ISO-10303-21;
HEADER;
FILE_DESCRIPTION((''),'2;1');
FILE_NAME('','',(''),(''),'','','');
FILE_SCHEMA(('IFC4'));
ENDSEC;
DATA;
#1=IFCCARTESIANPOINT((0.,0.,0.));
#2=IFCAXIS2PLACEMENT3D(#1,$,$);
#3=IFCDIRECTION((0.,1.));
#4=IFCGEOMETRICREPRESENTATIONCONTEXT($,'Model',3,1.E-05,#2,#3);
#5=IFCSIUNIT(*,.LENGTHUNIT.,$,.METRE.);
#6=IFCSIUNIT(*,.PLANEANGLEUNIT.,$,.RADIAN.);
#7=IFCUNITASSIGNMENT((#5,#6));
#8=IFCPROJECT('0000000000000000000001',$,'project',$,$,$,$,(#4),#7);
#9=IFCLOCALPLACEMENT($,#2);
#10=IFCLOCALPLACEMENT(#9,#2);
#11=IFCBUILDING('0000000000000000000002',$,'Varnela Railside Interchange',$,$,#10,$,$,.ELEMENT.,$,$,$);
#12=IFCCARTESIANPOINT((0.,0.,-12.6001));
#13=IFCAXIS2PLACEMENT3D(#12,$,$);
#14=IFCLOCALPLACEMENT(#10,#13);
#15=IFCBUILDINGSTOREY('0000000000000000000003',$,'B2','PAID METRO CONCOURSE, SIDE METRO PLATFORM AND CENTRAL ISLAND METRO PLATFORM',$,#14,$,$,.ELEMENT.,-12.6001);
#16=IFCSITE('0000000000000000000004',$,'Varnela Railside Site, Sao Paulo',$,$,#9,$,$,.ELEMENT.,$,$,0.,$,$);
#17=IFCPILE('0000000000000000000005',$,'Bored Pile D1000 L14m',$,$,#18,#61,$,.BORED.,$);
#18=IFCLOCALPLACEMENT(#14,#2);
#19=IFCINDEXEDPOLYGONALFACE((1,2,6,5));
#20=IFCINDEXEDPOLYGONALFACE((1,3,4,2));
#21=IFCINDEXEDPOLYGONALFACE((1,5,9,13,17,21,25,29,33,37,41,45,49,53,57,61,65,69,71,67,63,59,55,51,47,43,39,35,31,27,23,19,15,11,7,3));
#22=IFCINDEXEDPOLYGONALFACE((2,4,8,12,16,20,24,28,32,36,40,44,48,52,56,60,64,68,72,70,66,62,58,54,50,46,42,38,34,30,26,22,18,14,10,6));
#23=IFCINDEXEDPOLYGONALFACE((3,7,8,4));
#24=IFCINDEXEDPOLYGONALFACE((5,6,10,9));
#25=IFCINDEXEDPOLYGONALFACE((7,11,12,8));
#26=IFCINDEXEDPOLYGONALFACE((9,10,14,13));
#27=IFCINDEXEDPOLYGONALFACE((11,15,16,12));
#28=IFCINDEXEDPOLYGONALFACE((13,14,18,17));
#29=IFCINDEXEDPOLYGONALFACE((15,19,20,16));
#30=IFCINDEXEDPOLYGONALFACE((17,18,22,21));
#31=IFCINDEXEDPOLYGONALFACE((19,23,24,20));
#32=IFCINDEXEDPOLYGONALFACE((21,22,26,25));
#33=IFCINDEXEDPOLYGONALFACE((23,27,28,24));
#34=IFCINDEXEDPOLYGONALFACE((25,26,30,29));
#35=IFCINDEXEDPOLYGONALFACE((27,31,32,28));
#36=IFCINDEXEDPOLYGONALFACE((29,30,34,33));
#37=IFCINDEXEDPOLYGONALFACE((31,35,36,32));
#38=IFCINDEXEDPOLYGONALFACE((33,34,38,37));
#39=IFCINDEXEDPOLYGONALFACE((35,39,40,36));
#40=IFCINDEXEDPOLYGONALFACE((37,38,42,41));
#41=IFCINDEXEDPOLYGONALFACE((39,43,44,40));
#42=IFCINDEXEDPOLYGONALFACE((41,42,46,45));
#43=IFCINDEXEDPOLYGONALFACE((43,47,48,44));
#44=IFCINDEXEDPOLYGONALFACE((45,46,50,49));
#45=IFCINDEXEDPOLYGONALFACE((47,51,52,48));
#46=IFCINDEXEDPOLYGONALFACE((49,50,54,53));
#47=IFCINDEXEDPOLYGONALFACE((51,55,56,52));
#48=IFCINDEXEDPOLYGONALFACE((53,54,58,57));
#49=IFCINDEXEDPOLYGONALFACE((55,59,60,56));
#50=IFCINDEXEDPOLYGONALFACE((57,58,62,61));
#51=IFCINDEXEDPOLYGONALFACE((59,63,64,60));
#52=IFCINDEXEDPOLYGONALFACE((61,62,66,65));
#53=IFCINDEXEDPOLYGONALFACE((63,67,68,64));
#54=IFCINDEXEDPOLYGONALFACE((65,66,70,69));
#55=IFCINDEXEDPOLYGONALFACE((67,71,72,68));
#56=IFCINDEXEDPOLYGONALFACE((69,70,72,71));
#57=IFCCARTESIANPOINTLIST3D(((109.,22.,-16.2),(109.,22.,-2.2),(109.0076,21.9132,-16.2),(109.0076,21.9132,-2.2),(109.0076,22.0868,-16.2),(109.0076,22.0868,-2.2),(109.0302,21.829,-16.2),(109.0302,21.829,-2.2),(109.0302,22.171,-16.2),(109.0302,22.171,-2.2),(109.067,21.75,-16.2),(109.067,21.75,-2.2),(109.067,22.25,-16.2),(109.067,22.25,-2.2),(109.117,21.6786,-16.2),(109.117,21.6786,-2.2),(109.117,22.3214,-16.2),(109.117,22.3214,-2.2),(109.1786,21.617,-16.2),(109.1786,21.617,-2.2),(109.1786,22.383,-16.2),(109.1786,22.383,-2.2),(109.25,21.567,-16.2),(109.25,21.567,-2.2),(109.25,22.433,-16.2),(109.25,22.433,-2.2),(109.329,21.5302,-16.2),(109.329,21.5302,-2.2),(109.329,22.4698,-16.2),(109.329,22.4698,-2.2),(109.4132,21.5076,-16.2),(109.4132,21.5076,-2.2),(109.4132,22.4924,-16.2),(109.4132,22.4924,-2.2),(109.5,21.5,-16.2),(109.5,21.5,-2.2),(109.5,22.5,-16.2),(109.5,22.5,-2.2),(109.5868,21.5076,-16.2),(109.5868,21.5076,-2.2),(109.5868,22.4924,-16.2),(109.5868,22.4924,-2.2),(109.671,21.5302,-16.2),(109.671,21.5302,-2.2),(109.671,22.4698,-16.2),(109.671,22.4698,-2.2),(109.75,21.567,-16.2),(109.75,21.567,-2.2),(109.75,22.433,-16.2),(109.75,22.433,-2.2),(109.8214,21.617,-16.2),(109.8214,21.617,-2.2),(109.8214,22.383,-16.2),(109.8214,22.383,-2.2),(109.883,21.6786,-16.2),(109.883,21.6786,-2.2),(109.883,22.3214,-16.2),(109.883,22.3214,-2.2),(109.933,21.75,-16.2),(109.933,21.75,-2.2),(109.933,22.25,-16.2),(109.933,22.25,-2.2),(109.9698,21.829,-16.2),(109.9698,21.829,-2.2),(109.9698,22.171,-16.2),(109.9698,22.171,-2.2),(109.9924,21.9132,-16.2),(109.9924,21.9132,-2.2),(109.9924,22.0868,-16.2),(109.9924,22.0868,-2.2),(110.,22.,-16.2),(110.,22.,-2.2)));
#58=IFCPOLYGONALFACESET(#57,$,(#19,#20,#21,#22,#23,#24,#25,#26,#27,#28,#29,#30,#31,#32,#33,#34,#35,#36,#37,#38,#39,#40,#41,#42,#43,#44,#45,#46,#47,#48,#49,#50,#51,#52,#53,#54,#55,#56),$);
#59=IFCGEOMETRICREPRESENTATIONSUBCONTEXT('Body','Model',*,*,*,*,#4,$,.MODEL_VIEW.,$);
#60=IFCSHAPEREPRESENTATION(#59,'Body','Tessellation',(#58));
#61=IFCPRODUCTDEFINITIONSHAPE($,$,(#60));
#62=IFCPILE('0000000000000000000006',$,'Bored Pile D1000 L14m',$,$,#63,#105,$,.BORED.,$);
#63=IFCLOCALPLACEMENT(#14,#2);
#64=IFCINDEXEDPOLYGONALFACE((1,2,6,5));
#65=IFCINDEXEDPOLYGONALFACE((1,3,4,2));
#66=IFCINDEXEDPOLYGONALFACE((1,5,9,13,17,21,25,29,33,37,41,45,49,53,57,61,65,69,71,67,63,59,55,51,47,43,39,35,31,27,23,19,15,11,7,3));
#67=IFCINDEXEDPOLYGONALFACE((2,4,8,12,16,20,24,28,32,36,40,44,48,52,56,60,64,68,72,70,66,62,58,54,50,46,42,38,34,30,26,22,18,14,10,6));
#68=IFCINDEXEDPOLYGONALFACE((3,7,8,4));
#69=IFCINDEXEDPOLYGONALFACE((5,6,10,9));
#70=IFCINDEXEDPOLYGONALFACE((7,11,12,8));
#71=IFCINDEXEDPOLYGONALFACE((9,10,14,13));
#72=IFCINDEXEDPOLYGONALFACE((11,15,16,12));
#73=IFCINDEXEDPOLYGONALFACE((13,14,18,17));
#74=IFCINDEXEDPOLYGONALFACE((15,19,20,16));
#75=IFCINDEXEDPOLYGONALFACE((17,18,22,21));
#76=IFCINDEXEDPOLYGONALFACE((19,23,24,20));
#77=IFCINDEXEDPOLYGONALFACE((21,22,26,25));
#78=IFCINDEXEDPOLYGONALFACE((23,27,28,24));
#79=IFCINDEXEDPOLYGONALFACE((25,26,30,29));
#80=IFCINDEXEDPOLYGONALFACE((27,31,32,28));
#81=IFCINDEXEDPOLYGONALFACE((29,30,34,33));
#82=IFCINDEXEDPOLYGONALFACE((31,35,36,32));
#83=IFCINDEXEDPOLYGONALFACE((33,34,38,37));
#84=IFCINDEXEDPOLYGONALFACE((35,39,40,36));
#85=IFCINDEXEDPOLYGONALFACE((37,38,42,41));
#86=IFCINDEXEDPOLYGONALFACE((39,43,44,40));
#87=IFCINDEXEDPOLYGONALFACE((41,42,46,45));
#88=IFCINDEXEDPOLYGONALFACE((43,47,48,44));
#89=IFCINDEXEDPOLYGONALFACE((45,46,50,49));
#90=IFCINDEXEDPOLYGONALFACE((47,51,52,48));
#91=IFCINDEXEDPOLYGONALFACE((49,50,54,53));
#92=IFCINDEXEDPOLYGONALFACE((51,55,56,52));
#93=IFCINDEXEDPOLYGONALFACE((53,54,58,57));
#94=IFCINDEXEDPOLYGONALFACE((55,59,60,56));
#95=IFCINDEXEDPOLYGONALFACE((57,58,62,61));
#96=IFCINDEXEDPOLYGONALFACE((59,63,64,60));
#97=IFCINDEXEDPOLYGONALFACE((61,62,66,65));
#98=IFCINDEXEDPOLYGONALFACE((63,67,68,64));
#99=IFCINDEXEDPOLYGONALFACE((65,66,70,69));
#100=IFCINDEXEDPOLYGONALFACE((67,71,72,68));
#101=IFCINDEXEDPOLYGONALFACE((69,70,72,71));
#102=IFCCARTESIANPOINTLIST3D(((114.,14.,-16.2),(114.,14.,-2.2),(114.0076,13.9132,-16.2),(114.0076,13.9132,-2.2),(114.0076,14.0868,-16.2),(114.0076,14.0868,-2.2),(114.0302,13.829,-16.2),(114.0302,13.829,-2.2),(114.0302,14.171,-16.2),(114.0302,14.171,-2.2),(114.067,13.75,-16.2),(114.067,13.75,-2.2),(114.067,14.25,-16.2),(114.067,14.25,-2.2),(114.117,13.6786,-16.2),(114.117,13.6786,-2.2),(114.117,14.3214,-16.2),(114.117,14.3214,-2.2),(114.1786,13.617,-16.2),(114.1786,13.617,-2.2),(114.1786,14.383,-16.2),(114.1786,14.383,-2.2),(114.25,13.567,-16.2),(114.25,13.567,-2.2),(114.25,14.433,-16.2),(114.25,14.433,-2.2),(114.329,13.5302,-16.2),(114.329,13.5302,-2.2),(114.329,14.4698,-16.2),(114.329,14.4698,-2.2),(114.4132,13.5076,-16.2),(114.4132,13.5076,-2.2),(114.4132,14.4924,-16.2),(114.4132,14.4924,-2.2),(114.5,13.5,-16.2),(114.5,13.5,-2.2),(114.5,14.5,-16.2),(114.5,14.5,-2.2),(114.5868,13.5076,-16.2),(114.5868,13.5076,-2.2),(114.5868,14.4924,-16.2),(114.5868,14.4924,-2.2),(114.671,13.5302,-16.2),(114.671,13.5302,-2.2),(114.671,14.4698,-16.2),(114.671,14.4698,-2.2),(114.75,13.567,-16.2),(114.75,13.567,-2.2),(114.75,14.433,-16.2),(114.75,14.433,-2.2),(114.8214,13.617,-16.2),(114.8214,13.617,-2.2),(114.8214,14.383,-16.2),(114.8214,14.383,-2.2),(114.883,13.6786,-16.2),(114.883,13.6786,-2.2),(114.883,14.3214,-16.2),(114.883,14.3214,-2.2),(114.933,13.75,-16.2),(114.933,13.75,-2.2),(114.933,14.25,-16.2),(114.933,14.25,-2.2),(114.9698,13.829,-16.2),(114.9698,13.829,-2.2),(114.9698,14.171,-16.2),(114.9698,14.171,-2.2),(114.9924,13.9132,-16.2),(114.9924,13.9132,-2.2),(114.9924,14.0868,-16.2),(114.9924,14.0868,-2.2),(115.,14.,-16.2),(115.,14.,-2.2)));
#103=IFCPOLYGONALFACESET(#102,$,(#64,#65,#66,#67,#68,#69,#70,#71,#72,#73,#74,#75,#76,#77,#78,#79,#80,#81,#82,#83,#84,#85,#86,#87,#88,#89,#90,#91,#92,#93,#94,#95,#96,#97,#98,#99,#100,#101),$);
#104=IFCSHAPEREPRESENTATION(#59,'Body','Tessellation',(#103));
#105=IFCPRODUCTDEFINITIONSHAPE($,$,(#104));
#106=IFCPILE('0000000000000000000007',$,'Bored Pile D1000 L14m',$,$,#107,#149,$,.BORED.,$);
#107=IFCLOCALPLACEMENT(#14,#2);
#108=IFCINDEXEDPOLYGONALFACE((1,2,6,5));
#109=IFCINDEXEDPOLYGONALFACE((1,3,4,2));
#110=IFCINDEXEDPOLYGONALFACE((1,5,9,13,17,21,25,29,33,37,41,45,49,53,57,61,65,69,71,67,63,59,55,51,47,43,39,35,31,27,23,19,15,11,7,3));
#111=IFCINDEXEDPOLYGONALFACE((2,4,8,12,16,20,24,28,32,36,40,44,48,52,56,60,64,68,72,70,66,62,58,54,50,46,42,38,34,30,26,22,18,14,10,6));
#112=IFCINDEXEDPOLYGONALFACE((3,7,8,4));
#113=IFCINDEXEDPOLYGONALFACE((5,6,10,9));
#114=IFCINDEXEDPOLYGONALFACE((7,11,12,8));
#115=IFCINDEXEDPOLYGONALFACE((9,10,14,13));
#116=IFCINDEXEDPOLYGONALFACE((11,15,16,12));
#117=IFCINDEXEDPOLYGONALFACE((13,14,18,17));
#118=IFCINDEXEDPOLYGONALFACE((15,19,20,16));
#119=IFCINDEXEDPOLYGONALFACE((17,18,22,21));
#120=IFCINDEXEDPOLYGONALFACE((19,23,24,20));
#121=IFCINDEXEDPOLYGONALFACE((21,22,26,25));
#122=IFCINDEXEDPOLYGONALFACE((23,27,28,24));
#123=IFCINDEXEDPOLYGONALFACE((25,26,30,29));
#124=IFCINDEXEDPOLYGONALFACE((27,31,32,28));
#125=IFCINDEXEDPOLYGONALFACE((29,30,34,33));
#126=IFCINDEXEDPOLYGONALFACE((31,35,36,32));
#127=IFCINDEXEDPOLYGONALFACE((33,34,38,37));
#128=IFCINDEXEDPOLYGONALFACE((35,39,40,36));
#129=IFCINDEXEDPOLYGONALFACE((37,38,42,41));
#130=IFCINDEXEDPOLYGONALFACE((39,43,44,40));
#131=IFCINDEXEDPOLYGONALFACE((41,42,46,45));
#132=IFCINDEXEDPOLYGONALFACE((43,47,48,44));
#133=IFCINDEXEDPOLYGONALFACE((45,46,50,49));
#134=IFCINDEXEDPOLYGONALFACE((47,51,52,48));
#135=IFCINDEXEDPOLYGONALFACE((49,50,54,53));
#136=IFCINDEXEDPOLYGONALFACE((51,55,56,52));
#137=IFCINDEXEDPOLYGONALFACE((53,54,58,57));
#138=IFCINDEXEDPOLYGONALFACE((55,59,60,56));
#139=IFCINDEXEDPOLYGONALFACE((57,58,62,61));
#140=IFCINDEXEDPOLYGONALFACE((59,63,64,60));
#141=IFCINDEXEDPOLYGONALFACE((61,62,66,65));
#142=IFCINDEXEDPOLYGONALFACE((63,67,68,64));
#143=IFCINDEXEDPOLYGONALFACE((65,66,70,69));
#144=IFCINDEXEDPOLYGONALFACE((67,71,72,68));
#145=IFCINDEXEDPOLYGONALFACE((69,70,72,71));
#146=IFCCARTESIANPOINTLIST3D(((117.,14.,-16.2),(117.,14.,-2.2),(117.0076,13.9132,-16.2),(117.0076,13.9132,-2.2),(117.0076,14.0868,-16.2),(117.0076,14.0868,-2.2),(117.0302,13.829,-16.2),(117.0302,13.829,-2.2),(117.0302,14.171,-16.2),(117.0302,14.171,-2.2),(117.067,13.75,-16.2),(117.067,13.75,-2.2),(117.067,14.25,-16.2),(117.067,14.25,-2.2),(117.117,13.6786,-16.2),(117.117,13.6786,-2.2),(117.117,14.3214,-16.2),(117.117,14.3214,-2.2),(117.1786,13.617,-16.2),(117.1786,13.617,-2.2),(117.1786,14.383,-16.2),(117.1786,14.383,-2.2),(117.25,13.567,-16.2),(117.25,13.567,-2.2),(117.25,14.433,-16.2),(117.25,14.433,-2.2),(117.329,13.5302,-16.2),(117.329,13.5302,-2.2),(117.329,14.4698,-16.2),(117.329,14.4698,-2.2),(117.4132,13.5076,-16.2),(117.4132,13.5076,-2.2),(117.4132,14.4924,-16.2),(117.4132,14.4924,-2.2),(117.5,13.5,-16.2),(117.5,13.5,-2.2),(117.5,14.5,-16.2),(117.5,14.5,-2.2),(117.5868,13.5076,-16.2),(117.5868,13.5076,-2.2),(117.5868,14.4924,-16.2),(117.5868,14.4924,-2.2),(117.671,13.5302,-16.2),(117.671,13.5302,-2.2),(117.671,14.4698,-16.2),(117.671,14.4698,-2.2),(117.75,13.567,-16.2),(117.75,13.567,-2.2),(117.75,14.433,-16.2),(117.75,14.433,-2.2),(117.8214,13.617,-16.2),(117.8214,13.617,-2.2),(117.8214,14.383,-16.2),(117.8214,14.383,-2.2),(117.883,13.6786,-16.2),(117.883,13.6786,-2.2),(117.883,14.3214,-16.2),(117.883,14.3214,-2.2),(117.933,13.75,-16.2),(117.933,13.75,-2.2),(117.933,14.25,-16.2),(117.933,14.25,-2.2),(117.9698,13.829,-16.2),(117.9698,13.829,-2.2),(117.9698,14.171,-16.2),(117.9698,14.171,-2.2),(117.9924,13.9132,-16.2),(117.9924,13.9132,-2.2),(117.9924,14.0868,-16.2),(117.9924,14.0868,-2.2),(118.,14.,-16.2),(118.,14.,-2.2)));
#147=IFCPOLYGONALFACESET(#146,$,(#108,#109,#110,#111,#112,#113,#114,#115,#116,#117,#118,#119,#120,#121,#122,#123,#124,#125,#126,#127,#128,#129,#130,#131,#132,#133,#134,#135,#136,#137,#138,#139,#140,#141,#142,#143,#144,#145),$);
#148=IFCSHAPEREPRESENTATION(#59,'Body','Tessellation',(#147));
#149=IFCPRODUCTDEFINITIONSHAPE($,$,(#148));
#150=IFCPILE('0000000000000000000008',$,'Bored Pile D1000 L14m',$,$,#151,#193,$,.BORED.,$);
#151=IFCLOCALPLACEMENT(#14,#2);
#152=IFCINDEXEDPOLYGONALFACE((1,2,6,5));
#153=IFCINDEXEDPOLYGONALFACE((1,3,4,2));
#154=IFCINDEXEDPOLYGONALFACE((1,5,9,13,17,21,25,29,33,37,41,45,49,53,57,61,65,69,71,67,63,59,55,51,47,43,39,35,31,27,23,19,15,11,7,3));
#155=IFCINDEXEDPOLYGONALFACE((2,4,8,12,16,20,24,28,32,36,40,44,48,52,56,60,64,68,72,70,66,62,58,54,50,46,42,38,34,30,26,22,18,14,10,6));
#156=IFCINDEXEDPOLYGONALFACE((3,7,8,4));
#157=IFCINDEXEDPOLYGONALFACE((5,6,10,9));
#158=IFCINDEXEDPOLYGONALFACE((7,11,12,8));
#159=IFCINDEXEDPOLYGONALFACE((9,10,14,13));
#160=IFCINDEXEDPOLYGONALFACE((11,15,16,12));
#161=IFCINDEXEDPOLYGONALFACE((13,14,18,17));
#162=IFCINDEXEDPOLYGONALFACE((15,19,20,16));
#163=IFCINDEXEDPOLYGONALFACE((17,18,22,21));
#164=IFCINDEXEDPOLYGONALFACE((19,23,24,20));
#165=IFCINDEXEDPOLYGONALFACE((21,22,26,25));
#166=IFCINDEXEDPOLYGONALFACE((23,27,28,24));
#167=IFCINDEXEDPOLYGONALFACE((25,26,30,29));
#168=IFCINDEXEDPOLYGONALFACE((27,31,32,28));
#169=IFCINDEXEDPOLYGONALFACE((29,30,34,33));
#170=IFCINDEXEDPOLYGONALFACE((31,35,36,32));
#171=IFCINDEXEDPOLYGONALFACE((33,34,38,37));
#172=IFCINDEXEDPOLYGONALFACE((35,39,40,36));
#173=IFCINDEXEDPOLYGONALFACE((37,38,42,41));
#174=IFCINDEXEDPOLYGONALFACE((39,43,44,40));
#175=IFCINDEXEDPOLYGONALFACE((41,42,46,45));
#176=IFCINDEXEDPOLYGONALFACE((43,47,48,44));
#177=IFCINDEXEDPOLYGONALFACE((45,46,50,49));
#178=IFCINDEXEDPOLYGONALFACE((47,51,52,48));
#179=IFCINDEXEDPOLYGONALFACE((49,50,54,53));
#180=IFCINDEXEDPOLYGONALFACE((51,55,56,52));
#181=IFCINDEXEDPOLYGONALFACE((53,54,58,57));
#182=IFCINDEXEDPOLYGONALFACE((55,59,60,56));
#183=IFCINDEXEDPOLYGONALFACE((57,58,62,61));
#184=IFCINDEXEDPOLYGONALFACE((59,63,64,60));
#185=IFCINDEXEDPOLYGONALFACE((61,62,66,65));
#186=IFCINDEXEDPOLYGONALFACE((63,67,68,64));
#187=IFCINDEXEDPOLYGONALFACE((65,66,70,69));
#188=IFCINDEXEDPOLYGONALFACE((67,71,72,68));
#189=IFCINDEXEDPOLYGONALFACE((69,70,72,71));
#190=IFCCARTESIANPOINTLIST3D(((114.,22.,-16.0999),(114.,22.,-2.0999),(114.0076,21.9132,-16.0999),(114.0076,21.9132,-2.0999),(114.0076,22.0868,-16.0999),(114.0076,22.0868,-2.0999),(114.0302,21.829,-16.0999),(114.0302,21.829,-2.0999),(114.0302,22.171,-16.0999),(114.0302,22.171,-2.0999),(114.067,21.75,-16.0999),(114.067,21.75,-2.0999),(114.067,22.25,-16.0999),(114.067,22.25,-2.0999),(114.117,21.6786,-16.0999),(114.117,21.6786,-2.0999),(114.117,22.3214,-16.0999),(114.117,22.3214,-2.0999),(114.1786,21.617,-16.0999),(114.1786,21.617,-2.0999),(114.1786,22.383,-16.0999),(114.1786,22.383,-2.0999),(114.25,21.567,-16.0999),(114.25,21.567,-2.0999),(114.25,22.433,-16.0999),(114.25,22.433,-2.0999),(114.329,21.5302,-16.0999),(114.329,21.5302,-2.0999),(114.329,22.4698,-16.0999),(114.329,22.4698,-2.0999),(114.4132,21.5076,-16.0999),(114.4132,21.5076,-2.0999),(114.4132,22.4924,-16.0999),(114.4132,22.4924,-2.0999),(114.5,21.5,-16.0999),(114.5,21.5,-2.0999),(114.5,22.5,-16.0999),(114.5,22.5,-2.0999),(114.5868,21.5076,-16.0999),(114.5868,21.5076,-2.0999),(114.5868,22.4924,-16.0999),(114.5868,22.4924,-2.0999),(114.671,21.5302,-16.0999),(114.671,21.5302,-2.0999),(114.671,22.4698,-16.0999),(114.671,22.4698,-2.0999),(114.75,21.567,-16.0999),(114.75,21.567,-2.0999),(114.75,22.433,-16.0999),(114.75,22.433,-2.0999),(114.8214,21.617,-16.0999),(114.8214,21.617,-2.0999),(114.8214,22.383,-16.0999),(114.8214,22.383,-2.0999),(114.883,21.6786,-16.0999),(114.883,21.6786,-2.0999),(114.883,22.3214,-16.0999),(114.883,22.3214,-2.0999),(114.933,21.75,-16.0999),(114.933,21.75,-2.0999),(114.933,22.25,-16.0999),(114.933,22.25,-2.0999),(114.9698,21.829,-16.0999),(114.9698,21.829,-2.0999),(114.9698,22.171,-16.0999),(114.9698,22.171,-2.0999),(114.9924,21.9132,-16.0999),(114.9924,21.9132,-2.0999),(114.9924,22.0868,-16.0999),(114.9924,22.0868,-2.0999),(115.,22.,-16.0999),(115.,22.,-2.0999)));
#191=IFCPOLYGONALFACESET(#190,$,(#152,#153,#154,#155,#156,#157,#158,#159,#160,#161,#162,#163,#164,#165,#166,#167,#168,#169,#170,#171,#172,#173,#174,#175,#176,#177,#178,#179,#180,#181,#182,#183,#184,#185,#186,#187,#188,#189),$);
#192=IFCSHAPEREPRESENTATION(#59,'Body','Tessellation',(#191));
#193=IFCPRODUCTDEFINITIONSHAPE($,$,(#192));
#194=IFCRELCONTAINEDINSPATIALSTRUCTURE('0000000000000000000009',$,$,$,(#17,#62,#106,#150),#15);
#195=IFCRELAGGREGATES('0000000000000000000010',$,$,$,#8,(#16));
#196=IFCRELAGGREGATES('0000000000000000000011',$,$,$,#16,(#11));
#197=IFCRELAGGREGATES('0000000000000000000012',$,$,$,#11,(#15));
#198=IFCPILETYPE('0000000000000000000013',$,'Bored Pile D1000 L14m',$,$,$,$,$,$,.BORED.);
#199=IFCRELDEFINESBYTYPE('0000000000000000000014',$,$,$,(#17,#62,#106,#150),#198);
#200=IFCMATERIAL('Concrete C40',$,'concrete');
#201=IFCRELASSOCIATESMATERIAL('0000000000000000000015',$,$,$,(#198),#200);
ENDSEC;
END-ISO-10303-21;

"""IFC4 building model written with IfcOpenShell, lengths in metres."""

from ifc_helpers import new_model, si_unit, direction, frame, origin, origin_2d, place, context, subcontext, project, spatial, circle, extrude, material, material_profile, profile_set, type_object, element, save


model = new_model("IFC4")

# Units and contexts
model_context = context("Model", 3, precision=1e-05, world=origin(), true_north=direction((0.0, 1.0)))
body_context = subcontext(model_context, "Body", "Model", "MODEL_VIEW")
ifc_project = project(units=[si_unit("LENGTHUNIT", "METRE"), si_unit("PLANEANGLEUNIT", "RADIAN")], contexts=[model_context])

# Site, building, storey
site_placement = place(None, origin())
site = spatial("IfcSite", under=ifc_project, at=site_placement, Name="Varnela Railside Site, Sao Paulo", CompositionType="ELEMENT", RefElevation=0.0)
building_placement = place(site_placement, origin())
building = spatial("IfcBuilding", under=site, at=building_placement, Name="Varnela Railside Interchange", CompositionType="ELEMENT")
storey_placement = place(building_placement, frame((0.0, 0.0, -12.6001)))
storey = spatial("IfcBuildingStorey", under=building, at=storey_placement, Name="B2", Description="PAID METRO CONCOURSE, SIDE METRO PLATFORM AND CENTRAL ISLAND METRO PLATFORM", CompositionType="ELEMENT", Elevation=-12.6001)

# Piles
ifc_material_1 = material(Name="Concrete C40", Category="concrete")
ifc_material_profile_1 = material_profile(ifc_material_1, circle(Radius=0.5, at=origin_2d()), Name="BORED PILE D1000")
ifc_profile_set_1 = profile_set([ifc_material_profile_1], Name="Concrete C40")
pile_type_1 = type_object("IfcPileType", Name="Bored Pile D1000 L14m", PredefinedType="BORED", material=ifc_profile_set_1)
for number, where, z_axis, x_axis, name in (
    (1, (109.5, 22.0, -2.2), (0.0, 0.0, -1.0), (1.0, 0.0, 0.0), "Bored Pile D1000 L14m"),
    (2, (114.5, 14.0, -2.2), (0.0, 0.0, -1.0), (1.0, 0.0, 0.0), "Bored Pile D1000 L14m"),
    (3, (117.5, 14.0, -2.2), (0.0, 0.0, -1.0), (1.0, 0.0, 0.0), "Bored Pile D1000 L14m"),
    (4, (114.5, 22.0, -2.0999), (0.0, 0.0, -1.0), (1.0, 0.0, 0.0), "Bored Pile D1000 L14m"),
):
    element("IfcPile", number, at=place(storey_placement, frame(where, z_axis=z_axis, x_axis=x_axis)), inside=storey, type_object=pile_type_1, Name=name, PredefinedType="BORED", context=body_context, shape_type="SweptSolid", body=[
        extrude(circle(Radius=0.5, at=origin_2d()), origin(), (0.0, 0.0, 1.0), 14.0),
    ])

save(model, "model.ifc")
